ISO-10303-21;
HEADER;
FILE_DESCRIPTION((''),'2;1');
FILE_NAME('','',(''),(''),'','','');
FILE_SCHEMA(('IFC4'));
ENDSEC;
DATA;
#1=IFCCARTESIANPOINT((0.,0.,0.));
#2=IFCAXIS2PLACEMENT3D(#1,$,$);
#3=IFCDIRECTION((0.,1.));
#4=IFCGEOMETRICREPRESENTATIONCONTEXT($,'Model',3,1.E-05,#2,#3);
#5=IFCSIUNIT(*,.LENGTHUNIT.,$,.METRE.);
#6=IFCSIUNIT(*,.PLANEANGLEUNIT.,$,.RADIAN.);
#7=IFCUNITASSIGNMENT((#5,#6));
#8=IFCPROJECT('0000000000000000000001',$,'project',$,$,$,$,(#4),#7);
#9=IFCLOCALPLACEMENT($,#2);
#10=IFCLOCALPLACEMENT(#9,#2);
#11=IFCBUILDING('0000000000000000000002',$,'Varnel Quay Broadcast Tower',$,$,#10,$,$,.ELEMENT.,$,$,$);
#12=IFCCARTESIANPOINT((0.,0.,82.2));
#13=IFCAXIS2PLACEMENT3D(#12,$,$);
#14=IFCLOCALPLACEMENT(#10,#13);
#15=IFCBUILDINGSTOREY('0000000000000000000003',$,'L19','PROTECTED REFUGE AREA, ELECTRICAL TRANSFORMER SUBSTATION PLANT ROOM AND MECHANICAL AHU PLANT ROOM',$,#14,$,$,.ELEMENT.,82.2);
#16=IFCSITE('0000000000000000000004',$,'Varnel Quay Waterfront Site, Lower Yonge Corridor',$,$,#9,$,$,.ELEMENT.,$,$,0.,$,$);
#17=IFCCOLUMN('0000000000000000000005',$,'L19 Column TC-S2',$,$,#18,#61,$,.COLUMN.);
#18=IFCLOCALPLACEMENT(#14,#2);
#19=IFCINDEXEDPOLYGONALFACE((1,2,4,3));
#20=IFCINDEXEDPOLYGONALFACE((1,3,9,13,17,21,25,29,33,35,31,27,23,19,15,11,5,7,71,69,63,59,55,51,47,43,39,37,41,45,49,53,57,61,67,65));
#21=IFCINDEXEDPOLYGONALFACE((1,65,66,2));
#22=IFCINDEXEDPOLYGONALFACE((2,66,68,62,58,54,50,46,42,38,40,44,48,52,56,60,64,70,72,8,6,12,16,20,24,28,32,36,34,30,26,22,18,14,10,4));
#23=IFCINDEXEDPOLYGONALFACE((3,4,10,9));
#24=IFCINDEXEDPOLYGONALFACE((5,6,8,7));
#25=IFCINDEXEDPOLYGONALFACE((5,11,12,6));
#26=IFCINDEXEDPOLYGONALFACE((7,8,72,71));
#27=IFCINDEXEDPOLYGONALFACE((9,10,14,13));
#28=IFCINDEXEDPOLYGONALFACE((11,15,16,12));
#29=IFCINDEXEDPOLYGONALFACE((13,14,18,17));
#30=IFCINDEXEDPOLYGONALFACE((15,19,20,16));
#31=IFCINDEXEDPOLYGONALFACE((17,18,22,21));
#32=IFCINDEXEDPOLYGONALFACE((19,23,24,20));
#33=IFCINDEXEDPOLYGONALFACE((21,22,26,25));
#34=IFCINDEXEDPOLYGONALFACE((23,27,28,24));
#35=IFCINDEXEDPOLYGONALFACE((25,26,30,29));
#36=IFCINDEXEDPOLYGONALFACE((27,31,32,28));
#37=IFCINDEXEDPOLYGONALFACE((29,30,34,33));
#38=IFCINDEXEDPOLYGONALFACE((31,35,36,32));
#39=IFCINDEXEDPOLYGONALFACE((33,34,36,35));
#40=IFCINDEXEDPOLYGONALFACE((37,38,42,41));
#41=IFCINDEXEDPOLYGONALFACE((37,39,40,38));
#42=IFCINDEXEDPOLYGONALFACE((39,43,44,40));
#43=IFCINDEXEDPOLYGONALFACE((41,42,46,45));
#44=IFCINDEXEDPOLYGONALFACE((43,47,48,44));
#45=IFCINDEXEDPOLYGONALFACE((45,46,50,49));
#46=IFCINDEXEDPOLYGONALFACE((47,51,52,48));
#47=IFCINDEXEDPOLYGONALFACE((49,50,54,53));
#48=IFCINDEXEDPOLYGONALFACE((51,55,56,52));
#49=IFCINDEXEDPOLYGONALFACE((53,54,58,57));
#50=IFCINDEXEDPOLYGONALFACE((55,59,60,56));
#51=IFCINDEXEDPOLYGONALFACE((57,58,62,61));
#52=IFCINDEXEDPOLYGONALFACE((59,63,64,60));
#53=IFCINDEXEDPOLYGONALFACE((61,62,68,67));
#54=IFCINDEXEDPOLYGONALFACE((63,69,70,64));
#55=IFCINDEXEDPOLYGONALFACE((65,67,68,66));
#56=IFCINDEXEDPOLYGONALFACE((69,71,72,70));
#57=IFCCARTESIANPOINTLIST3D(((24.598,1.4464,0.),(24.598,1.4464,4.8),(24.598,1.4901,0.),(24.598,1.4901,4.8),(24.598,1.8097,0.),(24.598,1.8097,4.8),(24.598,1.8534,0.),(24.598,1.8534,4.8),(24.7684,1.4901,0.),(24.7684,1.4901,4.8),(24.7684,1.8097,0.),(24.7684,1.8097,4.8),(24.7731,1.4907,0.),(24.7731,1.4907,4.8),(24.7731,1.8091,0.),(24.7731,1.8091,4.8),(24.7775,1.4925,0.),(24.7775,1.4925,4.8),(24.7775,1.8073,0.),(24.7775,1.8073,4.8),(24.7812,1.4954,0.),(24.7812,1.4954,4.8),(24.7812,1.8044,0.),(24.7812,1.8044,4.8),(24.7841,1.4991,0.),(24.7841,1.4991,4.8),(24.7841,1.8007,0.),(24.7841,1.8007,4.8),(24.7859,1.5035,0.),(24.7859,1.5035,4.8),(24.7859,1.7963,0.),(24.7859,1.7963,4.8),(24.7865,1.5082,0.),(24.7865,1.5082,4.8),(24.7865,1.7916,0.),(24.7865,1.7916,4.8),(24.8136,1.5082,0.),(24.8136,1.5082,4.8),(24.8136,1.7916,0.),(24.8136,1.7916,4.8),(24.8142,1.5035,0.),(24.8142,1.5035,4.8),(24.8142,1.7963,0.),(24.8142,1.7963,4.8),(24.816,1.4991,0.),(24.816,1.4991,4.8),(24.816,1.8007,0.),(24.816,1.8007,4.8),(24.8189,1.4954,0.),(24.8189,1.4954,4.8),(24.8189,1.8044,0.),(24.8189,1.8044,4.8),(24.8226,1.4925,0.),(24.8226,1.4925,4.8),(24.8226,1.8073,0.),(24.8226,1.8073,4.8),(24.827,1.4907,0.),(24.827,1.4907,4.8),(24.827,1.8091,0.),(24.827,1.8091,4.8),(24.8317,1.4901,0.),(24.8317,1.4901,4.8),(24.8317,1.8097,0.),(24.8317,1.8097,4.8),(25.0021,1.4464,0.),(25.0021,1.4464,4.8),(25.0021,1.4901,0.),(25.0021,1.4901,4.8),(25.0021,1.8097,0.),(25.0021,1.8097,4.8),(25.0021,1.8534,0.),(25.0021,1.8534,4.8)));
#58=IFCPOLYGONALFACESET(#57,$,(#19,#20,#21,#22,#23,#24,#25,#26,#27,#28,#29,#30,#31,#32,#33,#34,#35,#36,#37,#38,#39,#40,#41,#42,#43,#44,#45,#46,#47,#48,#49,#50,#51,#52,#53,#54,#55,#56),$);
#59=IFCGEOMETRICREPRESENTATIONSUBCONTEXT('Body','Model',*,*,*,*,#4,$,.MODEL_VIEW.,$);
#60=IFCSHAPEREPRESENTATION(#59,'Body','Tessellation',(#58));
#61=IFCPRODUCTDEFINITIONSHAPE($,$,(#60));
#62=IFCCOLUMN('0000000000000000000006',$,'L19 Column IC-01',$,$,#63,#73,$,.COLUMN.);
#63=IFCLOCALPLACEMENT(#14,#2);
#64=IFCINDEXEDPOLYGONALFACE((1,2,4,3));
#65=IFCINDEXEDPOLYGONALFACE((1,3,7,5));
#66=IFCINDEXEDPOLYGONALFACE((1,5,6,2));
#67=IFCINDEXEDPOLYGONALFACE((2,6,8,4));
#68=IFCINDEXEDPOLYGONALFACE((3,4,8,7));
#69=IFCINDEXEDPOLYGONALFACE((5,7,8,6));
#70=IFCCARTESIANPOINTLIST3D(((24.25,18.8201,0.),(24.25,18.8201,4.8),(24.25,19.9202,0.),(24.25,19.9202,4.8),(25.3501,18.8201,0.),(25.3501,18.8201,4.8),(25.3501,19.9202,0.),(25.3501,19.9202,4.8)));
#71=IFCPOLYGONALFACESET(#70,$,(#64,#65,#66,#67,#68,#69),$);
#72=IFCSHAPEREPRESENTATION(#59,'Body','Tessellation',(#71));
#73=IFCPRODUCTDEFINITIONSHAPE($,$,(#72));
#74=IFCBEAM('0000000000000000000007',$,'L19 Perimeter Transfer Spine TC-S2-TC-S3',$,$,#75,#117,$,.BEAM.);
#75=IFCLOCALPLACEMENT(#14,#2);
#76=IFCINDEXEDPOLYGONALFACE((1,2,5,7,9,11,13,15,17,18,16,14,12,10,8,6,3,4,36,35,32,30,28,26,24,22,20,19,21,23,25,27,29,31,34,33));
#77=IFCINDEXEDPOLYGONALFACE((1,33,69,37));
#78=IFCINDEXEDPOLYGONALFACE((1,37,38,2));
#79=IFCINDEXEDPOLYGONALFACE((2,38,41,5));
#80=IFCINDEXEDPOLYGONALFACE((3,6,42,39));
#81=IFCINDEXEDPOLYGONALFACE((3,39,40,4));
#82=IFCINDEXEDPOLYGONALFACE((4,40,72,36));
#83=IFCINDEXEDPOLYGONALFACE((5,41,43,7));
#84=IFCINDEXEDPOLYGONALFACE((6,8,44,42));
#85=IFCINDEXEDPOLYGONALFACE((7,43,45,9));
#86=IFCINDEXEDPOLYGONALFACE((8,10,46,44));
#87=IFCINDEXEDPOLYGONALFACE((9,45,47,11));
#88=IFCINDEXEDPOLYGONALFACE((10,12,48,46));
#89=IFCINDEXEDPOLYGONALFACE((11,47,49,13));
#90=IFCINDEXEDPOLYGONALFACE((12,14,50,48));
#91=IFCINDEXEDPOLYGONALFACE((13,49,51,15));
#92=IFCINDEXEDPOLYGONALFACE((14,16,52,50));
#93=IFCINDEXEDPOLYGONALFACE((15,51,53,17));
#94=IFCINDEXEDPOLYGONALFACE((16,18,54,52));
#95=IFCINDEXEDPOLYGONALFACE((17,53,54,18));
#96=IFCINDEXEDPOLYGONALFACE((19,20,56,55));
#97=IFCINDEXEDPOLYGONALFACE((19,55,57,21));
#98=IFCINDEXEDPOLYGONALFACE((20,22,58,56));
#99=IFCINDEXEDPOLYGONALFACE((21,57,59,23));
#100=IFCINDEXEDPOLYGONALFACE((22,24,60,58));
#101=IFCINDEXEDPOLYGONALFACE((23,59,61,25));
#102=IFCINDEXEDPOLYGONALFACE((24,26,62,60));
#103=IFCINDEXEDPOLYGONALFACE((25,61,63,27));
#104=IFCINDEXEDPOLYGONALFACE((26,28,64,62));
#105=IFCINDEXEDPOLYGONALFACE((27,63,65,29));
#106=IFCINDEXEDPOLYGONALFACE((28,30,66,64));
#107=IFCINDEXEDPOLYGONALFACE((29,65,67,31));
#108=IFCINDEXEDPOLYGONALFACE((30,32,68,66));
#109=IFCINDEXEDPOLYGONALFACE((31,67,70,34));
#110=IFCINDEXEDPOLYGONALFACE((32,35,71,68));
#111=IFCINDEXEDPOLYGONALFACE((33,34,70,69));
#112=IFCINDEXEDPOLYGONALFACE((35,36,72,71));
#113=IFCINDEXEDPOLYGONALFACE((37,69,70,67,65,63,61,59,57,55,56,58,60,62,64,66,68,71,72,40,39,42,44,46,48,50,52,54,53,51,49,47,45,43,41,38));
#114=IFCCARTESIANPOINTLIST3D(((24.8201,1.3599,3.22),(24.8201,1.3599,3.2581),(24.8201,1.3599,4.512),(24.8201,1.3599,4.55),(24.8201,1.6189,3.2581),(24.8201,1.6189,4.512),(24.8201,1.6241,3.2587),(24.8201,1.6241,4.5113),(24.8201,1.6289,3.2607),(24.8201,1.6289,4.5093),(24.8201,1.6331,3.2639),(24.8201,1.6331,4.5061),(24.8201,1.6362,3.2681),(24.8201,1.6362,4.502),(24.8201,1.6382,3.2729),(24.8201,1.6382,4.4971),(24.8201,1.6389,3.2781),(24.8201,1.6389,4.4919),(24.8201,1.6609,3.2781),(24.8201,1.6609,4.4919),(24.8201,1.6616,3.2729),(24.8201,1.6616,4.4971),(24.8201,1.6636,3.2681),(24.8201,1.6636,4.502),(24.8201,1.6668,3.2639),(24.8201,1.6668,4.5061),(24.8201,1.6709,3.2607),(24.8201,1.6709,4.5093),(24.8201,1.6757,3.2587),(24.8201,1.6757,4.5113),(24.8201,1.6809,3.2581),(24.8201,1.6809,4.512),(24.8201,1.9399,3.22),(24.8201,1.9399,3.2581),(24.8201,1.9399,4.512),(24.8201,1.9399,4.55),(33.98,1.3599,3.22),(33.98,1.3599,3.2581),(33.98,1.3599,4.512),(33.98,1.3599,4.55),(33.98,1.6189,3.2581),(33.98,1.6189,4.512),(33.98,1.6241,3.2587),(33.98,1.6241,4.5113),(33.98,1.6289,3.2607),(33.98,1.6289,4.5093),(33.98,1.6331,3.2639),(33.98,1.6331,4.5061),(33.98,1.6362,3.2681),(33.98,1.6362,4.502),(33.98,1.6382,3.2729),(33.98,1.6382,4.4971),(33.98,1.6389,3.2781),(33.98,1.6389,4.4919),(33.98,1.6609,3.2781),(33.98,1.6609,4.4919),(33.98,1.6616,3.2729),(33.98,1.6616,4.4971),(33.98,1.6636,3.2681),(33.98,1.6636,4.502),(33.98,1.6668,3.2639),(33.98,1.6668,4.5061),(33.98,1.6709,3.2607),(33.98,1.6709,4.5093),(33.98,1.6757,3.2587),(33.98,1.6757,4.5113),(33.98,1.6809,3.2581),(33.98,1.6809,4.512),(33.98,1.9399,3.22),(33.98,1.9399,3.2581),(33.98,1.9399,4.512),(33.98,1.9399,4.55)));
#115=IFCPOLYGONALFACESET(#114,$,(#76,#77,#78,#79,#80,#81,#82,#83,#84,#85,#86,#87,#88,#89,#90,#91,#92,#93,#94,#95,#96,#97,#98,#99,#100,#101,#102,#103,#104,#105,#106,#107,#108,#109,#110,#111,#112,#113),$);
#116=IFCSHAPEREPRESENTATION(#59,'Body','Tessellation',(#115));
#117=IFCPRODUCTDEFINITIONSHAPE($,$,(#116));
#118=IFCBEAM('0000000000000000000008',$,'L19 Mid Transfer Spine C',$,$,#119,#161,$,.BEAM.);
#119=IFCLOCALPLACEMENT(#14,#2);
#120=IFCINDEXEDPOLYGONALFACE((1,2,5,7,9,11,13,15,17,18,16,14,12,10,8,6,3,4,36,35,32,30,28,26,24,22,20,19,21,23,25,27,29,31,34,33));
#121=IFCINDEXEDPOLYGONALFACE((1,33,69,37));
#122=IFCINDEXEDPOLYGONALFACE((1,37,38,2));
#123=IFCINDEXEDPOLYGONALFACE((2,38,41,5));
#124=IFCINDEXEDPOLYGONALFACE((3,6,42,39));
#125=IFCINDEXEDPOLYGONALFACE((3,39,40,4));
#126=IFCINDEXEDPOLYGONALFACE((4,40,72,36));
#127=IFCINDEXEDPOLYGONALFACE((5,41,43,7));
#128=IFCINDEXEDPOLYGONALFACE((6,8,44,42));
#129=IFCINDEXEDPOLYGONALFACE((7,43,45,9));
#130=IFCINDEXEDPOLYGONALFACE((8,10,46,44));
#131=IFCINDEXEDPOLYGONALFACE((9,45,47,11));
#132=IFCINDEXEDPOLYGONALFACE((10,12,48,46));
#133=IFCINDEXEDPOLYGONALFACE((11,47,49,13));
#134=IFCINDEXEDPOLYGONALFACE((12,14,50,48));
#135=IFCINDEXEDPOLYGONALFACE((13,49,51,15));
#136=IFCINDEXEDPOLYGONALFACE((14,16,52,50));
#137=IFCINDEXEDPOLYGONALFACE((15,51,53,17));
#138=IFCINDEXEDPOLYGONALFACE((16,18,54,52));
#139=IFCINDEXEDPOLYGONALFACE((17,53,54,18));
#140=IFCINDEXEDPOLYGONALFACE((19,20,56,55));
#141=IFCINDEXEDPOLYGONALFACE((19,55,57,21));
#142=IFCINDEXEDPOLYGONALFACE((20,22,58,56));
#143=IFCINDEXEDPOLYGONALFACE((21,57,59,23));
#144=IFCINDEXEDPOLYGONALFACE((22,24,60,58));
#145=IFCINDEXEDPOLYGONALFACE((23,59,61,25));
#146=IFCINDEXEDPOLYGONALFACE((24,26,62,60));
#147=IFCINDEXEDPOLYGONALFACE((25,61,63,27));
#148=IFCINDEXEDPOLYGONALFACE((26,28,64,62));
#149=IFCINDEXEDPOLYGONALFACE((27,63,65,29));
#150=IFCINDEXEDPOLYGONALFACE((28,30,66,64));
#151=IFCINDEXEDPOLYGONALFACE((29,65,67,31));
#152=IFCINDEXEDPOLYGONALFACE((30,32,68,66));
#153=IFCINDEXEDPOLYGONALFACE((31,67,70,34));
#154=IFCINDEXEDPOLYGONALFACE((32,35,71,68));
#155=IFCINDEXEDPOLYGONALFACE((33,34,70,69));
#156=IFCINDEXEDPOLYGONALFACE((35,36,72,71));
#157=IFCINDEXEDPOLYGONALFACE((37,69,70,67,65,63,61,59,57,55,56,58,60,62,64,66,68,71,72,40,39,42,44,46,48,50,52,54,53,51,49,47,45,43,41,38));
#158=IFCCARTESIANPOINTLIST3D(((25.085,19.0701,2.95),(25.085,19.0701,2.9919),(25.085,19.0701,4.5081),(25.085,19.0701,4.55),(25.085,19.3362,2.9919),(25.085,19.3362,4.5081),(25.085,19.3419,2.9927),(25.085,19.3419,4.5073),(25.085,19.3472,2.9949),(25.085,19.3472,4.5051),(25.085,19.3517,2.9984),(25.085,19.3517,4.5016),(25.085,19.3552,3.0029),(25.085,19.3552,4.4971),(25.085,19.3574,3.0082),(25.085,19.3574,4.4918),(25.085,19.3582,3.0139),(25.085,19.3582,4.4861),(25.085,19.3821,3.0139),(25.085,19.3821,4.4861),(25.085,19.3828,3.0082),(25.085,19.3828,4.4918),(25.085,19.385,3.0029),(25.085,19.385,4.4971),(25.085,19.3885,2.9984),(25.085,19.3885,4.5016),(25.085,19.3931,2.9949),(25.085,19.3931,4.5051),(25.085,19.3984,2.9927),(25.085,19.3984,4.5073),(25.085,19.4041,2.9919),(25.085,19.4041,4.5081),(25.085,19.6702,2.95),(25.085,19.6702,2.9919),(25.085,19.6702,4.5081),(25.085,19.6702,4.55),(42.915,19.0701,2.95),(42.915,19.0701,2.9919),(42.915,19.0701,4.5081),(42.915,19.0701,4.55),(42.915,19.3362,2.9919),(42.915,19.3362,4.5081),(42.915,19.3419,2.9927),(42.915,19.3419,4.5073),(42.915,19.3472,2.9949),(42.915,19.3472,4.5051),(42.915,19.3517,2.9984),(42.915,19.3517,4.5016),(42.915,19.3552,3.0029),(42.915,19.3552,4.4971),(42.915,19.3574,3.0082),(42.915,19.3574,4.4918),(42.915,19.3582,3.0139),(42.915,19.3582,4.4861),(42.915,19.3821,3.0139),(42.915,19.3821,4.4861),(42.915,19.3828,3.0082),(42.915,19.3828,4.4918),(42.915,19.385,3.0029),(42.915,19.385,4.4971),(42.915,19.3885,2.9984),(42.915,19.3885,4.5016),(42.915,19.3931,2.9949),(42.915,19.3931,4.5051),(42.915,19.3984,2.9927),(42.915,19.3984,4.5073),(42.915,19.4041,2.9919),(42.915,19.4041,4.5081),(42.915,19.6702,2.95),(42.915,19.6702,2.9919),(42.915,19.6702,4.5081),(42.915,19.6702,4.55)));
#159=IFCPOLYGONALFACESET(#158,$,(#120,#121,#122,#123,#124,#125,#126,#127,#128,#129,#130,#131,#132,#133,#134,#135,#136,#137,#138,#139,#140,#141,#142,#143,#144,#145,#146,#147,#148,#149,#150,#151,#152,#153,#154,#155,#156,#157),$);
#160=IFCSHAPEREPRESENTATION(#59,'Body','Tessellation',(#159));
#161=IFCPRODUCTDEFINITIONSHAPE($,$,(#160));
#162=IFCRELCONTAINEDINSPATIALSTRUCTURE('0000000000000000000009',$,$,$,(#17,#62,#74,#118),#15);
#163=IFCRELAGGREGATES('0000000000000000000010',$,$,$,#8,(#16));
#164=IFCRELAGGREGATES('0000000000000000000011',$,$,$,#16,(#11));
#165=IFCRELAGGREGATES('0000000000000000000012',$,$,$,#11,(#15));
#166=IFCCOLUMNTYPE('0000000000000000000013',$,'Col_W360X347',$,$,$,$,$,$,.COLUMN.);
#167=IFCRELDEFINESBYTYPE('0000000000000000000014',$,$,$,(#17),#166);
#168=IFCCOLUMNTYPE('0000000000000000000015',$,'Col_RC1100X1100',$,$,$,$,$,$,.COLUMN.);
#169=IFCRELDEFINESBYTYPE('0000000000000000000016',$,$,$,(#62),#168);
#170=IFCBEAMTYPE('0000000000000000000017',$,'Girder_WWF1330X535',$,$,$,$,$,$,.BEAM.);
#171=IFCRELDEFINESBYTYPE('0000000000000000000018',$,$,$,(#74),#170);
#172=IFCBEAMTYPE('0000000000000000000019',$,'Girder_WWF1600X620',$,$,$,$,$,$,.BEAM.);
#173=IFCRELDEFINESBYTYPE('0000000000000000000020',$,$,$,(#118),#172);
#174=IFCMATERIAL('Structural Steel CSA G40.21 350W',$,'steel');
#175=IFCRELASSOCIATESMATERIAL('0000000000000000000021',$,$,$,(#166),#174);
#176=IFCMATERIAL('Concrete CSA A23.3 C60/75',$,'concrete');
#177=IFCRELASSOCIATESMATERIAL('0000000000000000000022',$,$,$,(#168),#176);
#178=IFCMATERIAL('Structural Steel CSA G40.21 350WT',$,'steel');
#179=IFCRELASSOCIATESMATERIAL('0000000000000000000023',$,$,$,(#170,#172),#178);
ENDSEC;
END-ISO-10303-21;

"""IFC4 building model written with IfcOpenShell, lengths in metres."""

from ifc_helpers import new_model, si_unit, direction, frame, origin, origin_2d, place, context, subcontext, project, spatial, rectangle, i_section, extrude, source, transform, mapped, material, material_profile, profile_set, type_object, type_shapes, element, save


model = new_model("IFC4")

# Units and contexts
model_context = context("Model", 3, precision=1e-05, world=origin(), true_north=direction((0.0, 1.0)))
body_context = subcontext(model_context, "Body", "Model", "MODEL_VIEW")
ifc_project = project(units=[si_unit("LENGTHUNIT", "METRE"), si_unit("PLANEANGLEUNIT", "RADIAN")], contexts=[model_context])

# Site, building, storey
site_placement = place(None, origin())
site = spatial("IfcSite", under=ifc_project, at=site_placement, Name="Varnel Quay Waterfront Site, Lower Yonge Corridor", CompositionType="ELEMENT", RefElevation=0.0)
building_placement = place(site_placement, origin())
building = spatial("IfcBuilding", under=site, at=building_placement, Name="Varnel Quay Broadcast Tower", CompositionType="ELEMENT")
storey_placement = place(building_placement, frame((0.0, 0.0, 82.2)))
storey = spatial("IfcBuildingStorey", under=building, at=storey_placement, Name="L19", Description="PROTECTED REFUGE AREA, ELECTRICAL TRANSFORMER SUBSTATION PLANT ROOM AND MECHANICAL AHU PLANT ROOM", CompositionType="ELEMENT", Elevation=82.2)

# Columns
ifc_material_1 = material(Name="Structural Steel CSA G40.21 350W", Category="steel")
ifc_material_profile_1 = material_profile(ifc_material_1, i_section(OverallWidth=0.4041, OverallDepth=0.407, WebThickness=0.0271, FlangeThickness=0.0437, FilletRadius=0.0181, at=origin_2d()), Name="W360X347")
ifc_profile_set_1 = profile_set([ifc_material_profile_1], Name="Structural Steel CSA G40.21 350W")
column_type_1 = type_object("IfcColumnType", Name="Col_W360X347", PredefinedType="COLUMN", material=ifc_profile_set_1)
shared_shape_1 = source(origin(), body_context, "Body", "SweptSolid", [
    extrude(i_section(OverallWidth=0.4041, OverallDepth=0.407, WebThickness=0.0271, FlangeThickness=0.0437, FilletRadius=0.0181, at=origin_2d()), origin(), (0.0, 0.0, 1.0), 4.8),
])
type_shapes(column_type_1, [shared_shape_1])
column_1_placement = place(storey_placement, frame((24.8, 1.6499, 0.0), z_axis=(0.0, 0.0, 1.0), x_axis=(1.0, 0.0, 0.0)))
element("IfcColumn", 1, at=column_1_placement, inside=storey, type_object=column_type_1, Name="L19 Column TC-S2", PredefinedType="COLUMN", context=body_context, shape_type="MappedRepresentation", body=[
    mapped(shared_shape_1, transform((0.0, 0.0, 0.0), x_axis=(1.0, 0.0, 0.0), y_axis=(0.0, 1.0, 0.0), z_axis=(0.0, 0.0, 1.0), scale=1.0)),
])
ifc_material_2 = material(Name="Concrete CSA A23.3 C60/75", Category="concrete")
ifc_material_profile_2 = material_profile(ifc_material_2, rectangle(XDim=1.1001, YDim=1.1001, at=origin_2d()), Name="RC1100X1100")
ifc_profile_set_2 = profile_set([ifc_material_profile_2], Name="Concrete CSA A23.3 C60/75")
column_type_2 = type_object("IfcColumnType", Name="Col_RC1100X1100", PredefinedType="COLUMN", material=ifc_profile_set_2)
shared_shape_2 = source(origin(), body_context, "Body", "SweptSolid", [
    extrude(rectangle(XDim=1.1001, YDim=1.1001, at=origin_2d()), origin(), (0.0, 0.0, 1.0), 4.8),
])
type_shapes(column_type_2, [shared_shape_2])
column_2_placement = place(storey_placement, frame((24.8, 19.3701, 0.0), z_axis=(0.0, 0.0, 1.0), x_axis=(1.0, 0.0, 0.0)))
element("IfcColumn", 2, at=column_2_placement, inside=storey, type_object=column_type_2, Name="L19 Column IC-01", PredefinedType="COLUMN", context=body_context, shape_type="MappedRepresentation", body=[
    mapped(shared_shape_2, transform((0.0, 0.0, 0.0), x_axis=(1.0, 0.0, 0.0), y_axis=(0.0, 1.0, 0.0), z_axis=(0.0, 0.0, 1.0), scale=1.0)),
])

# Beams
ifc_material_3 = material(Name="Structural Steel CSA G40.21 350WT", Category="steel")
ifc_material_profile_3 = material_profile(ifc_material_3, i_section(OverallWidth=0.5801, OverallDepth=1.3301, WebThickness=0.022, FlangeThickness=0.0381, FilletRadius=0.02, at=origin_2d()), Name="WWF1330X535")
ifc_profile_set_3 = profile_set([ifc_material_profile_3], Name="Structural Steel CSA G40.21 350WT")
beam_type_1 = type_object("IfcBeamType", Name="Girder_WWF1330X535", PredefinedType="BEAM", material=ifc_profile_set_3)
shared_shape_3 = source(origin(), body_context, "Body", "SweptSolid", [
    extrude(i_section(OverallWidth=0.5801, OverallDepth=1.3301, WebThickness=0.022, FlangeThickness=0.0381, FilletRadius=0.02, at=origin_2d()), origin(), (0.0, 0.0, 1.0), 9.1599),
])
beam_1_placement = place(storey_placement, frame((24.8201, 1.6499, 3.885), z_axis=(1.0, 0.0, 0.0), x_axis=(0.0, 1.0, 0.0)))
element("IfcBeam", 3, at=beam_1_placement, inside=storey, type_object=beam_type_1, Name="L19 Perimeter Transfer Spine TC-S2-TC-S3", PredefinedType="BEAM", context=body_context, shape_type="MappedRepresentation", body=[
    mapped(shared_shape_3, transform((0.0, 0.0, 0.0), x_axis=(1.0, 0.0, 0.0), y_axis=(0.0, 1.0, 0.0), z_axis=(0.0, 0.0, 1.0), scale=1.0)),
])
ifc_material_profile_4 = material_profile(ifc_material_3, i_section(OverallWidth=0.6001, OverallDepth=1.6001, WebThickness=0.0239, FlangeThickness=0.042, FilletRadius=0.022, at=origin_2d()), Name="WWF1600X620")
ifc_profile_set_4 = profile_set([ifc_material_profile_4], Name="Structural Steel CSA G40.21 350WT")
beam_type_2 = type_object("IfcBeamType", Name="Girder_WWF1600X620", PredefinedType="BEAM", material=ifc_profile_set_4)
shared_shape_4 = source(origin(), body_context, "Body", "SweptSolid", [
    extrude(i_section(OverallWidth=0.6001, OverallDepth=1.6001, WebThickness=0.0239, FlangeThickness=0.042, FilletRadius=0.022, at=origin_2d()), origin(), (0.0, 0.0, 1.0), 17.8301),
])
beam_2_placement = place(storey_placement, frame((25.085, 19.3701, 3.75), z_axis=(1.0, 0.0, 0.0), x_axis=(0.0, 1.0, 0.0)))
element("IfcBeam", 4, at=beam_2_placement, inside=storey, type_object=beam_type_2, Name="L19 Mid Transfer Spine C", PredefinedType="BEAM", context=body_context, shape_type="MappedRepresentation", body=[
    mapped(shared_shape_4, transform((0.0, 0.0, 0.0), x_axis=(1.0, 0.0, 0.0), y_axis=(0.0, 1.0, 0.0), z_axis=(0.0, 0.0, 1.0), scale=1.0)),
])

save(model, "model.ifc")
